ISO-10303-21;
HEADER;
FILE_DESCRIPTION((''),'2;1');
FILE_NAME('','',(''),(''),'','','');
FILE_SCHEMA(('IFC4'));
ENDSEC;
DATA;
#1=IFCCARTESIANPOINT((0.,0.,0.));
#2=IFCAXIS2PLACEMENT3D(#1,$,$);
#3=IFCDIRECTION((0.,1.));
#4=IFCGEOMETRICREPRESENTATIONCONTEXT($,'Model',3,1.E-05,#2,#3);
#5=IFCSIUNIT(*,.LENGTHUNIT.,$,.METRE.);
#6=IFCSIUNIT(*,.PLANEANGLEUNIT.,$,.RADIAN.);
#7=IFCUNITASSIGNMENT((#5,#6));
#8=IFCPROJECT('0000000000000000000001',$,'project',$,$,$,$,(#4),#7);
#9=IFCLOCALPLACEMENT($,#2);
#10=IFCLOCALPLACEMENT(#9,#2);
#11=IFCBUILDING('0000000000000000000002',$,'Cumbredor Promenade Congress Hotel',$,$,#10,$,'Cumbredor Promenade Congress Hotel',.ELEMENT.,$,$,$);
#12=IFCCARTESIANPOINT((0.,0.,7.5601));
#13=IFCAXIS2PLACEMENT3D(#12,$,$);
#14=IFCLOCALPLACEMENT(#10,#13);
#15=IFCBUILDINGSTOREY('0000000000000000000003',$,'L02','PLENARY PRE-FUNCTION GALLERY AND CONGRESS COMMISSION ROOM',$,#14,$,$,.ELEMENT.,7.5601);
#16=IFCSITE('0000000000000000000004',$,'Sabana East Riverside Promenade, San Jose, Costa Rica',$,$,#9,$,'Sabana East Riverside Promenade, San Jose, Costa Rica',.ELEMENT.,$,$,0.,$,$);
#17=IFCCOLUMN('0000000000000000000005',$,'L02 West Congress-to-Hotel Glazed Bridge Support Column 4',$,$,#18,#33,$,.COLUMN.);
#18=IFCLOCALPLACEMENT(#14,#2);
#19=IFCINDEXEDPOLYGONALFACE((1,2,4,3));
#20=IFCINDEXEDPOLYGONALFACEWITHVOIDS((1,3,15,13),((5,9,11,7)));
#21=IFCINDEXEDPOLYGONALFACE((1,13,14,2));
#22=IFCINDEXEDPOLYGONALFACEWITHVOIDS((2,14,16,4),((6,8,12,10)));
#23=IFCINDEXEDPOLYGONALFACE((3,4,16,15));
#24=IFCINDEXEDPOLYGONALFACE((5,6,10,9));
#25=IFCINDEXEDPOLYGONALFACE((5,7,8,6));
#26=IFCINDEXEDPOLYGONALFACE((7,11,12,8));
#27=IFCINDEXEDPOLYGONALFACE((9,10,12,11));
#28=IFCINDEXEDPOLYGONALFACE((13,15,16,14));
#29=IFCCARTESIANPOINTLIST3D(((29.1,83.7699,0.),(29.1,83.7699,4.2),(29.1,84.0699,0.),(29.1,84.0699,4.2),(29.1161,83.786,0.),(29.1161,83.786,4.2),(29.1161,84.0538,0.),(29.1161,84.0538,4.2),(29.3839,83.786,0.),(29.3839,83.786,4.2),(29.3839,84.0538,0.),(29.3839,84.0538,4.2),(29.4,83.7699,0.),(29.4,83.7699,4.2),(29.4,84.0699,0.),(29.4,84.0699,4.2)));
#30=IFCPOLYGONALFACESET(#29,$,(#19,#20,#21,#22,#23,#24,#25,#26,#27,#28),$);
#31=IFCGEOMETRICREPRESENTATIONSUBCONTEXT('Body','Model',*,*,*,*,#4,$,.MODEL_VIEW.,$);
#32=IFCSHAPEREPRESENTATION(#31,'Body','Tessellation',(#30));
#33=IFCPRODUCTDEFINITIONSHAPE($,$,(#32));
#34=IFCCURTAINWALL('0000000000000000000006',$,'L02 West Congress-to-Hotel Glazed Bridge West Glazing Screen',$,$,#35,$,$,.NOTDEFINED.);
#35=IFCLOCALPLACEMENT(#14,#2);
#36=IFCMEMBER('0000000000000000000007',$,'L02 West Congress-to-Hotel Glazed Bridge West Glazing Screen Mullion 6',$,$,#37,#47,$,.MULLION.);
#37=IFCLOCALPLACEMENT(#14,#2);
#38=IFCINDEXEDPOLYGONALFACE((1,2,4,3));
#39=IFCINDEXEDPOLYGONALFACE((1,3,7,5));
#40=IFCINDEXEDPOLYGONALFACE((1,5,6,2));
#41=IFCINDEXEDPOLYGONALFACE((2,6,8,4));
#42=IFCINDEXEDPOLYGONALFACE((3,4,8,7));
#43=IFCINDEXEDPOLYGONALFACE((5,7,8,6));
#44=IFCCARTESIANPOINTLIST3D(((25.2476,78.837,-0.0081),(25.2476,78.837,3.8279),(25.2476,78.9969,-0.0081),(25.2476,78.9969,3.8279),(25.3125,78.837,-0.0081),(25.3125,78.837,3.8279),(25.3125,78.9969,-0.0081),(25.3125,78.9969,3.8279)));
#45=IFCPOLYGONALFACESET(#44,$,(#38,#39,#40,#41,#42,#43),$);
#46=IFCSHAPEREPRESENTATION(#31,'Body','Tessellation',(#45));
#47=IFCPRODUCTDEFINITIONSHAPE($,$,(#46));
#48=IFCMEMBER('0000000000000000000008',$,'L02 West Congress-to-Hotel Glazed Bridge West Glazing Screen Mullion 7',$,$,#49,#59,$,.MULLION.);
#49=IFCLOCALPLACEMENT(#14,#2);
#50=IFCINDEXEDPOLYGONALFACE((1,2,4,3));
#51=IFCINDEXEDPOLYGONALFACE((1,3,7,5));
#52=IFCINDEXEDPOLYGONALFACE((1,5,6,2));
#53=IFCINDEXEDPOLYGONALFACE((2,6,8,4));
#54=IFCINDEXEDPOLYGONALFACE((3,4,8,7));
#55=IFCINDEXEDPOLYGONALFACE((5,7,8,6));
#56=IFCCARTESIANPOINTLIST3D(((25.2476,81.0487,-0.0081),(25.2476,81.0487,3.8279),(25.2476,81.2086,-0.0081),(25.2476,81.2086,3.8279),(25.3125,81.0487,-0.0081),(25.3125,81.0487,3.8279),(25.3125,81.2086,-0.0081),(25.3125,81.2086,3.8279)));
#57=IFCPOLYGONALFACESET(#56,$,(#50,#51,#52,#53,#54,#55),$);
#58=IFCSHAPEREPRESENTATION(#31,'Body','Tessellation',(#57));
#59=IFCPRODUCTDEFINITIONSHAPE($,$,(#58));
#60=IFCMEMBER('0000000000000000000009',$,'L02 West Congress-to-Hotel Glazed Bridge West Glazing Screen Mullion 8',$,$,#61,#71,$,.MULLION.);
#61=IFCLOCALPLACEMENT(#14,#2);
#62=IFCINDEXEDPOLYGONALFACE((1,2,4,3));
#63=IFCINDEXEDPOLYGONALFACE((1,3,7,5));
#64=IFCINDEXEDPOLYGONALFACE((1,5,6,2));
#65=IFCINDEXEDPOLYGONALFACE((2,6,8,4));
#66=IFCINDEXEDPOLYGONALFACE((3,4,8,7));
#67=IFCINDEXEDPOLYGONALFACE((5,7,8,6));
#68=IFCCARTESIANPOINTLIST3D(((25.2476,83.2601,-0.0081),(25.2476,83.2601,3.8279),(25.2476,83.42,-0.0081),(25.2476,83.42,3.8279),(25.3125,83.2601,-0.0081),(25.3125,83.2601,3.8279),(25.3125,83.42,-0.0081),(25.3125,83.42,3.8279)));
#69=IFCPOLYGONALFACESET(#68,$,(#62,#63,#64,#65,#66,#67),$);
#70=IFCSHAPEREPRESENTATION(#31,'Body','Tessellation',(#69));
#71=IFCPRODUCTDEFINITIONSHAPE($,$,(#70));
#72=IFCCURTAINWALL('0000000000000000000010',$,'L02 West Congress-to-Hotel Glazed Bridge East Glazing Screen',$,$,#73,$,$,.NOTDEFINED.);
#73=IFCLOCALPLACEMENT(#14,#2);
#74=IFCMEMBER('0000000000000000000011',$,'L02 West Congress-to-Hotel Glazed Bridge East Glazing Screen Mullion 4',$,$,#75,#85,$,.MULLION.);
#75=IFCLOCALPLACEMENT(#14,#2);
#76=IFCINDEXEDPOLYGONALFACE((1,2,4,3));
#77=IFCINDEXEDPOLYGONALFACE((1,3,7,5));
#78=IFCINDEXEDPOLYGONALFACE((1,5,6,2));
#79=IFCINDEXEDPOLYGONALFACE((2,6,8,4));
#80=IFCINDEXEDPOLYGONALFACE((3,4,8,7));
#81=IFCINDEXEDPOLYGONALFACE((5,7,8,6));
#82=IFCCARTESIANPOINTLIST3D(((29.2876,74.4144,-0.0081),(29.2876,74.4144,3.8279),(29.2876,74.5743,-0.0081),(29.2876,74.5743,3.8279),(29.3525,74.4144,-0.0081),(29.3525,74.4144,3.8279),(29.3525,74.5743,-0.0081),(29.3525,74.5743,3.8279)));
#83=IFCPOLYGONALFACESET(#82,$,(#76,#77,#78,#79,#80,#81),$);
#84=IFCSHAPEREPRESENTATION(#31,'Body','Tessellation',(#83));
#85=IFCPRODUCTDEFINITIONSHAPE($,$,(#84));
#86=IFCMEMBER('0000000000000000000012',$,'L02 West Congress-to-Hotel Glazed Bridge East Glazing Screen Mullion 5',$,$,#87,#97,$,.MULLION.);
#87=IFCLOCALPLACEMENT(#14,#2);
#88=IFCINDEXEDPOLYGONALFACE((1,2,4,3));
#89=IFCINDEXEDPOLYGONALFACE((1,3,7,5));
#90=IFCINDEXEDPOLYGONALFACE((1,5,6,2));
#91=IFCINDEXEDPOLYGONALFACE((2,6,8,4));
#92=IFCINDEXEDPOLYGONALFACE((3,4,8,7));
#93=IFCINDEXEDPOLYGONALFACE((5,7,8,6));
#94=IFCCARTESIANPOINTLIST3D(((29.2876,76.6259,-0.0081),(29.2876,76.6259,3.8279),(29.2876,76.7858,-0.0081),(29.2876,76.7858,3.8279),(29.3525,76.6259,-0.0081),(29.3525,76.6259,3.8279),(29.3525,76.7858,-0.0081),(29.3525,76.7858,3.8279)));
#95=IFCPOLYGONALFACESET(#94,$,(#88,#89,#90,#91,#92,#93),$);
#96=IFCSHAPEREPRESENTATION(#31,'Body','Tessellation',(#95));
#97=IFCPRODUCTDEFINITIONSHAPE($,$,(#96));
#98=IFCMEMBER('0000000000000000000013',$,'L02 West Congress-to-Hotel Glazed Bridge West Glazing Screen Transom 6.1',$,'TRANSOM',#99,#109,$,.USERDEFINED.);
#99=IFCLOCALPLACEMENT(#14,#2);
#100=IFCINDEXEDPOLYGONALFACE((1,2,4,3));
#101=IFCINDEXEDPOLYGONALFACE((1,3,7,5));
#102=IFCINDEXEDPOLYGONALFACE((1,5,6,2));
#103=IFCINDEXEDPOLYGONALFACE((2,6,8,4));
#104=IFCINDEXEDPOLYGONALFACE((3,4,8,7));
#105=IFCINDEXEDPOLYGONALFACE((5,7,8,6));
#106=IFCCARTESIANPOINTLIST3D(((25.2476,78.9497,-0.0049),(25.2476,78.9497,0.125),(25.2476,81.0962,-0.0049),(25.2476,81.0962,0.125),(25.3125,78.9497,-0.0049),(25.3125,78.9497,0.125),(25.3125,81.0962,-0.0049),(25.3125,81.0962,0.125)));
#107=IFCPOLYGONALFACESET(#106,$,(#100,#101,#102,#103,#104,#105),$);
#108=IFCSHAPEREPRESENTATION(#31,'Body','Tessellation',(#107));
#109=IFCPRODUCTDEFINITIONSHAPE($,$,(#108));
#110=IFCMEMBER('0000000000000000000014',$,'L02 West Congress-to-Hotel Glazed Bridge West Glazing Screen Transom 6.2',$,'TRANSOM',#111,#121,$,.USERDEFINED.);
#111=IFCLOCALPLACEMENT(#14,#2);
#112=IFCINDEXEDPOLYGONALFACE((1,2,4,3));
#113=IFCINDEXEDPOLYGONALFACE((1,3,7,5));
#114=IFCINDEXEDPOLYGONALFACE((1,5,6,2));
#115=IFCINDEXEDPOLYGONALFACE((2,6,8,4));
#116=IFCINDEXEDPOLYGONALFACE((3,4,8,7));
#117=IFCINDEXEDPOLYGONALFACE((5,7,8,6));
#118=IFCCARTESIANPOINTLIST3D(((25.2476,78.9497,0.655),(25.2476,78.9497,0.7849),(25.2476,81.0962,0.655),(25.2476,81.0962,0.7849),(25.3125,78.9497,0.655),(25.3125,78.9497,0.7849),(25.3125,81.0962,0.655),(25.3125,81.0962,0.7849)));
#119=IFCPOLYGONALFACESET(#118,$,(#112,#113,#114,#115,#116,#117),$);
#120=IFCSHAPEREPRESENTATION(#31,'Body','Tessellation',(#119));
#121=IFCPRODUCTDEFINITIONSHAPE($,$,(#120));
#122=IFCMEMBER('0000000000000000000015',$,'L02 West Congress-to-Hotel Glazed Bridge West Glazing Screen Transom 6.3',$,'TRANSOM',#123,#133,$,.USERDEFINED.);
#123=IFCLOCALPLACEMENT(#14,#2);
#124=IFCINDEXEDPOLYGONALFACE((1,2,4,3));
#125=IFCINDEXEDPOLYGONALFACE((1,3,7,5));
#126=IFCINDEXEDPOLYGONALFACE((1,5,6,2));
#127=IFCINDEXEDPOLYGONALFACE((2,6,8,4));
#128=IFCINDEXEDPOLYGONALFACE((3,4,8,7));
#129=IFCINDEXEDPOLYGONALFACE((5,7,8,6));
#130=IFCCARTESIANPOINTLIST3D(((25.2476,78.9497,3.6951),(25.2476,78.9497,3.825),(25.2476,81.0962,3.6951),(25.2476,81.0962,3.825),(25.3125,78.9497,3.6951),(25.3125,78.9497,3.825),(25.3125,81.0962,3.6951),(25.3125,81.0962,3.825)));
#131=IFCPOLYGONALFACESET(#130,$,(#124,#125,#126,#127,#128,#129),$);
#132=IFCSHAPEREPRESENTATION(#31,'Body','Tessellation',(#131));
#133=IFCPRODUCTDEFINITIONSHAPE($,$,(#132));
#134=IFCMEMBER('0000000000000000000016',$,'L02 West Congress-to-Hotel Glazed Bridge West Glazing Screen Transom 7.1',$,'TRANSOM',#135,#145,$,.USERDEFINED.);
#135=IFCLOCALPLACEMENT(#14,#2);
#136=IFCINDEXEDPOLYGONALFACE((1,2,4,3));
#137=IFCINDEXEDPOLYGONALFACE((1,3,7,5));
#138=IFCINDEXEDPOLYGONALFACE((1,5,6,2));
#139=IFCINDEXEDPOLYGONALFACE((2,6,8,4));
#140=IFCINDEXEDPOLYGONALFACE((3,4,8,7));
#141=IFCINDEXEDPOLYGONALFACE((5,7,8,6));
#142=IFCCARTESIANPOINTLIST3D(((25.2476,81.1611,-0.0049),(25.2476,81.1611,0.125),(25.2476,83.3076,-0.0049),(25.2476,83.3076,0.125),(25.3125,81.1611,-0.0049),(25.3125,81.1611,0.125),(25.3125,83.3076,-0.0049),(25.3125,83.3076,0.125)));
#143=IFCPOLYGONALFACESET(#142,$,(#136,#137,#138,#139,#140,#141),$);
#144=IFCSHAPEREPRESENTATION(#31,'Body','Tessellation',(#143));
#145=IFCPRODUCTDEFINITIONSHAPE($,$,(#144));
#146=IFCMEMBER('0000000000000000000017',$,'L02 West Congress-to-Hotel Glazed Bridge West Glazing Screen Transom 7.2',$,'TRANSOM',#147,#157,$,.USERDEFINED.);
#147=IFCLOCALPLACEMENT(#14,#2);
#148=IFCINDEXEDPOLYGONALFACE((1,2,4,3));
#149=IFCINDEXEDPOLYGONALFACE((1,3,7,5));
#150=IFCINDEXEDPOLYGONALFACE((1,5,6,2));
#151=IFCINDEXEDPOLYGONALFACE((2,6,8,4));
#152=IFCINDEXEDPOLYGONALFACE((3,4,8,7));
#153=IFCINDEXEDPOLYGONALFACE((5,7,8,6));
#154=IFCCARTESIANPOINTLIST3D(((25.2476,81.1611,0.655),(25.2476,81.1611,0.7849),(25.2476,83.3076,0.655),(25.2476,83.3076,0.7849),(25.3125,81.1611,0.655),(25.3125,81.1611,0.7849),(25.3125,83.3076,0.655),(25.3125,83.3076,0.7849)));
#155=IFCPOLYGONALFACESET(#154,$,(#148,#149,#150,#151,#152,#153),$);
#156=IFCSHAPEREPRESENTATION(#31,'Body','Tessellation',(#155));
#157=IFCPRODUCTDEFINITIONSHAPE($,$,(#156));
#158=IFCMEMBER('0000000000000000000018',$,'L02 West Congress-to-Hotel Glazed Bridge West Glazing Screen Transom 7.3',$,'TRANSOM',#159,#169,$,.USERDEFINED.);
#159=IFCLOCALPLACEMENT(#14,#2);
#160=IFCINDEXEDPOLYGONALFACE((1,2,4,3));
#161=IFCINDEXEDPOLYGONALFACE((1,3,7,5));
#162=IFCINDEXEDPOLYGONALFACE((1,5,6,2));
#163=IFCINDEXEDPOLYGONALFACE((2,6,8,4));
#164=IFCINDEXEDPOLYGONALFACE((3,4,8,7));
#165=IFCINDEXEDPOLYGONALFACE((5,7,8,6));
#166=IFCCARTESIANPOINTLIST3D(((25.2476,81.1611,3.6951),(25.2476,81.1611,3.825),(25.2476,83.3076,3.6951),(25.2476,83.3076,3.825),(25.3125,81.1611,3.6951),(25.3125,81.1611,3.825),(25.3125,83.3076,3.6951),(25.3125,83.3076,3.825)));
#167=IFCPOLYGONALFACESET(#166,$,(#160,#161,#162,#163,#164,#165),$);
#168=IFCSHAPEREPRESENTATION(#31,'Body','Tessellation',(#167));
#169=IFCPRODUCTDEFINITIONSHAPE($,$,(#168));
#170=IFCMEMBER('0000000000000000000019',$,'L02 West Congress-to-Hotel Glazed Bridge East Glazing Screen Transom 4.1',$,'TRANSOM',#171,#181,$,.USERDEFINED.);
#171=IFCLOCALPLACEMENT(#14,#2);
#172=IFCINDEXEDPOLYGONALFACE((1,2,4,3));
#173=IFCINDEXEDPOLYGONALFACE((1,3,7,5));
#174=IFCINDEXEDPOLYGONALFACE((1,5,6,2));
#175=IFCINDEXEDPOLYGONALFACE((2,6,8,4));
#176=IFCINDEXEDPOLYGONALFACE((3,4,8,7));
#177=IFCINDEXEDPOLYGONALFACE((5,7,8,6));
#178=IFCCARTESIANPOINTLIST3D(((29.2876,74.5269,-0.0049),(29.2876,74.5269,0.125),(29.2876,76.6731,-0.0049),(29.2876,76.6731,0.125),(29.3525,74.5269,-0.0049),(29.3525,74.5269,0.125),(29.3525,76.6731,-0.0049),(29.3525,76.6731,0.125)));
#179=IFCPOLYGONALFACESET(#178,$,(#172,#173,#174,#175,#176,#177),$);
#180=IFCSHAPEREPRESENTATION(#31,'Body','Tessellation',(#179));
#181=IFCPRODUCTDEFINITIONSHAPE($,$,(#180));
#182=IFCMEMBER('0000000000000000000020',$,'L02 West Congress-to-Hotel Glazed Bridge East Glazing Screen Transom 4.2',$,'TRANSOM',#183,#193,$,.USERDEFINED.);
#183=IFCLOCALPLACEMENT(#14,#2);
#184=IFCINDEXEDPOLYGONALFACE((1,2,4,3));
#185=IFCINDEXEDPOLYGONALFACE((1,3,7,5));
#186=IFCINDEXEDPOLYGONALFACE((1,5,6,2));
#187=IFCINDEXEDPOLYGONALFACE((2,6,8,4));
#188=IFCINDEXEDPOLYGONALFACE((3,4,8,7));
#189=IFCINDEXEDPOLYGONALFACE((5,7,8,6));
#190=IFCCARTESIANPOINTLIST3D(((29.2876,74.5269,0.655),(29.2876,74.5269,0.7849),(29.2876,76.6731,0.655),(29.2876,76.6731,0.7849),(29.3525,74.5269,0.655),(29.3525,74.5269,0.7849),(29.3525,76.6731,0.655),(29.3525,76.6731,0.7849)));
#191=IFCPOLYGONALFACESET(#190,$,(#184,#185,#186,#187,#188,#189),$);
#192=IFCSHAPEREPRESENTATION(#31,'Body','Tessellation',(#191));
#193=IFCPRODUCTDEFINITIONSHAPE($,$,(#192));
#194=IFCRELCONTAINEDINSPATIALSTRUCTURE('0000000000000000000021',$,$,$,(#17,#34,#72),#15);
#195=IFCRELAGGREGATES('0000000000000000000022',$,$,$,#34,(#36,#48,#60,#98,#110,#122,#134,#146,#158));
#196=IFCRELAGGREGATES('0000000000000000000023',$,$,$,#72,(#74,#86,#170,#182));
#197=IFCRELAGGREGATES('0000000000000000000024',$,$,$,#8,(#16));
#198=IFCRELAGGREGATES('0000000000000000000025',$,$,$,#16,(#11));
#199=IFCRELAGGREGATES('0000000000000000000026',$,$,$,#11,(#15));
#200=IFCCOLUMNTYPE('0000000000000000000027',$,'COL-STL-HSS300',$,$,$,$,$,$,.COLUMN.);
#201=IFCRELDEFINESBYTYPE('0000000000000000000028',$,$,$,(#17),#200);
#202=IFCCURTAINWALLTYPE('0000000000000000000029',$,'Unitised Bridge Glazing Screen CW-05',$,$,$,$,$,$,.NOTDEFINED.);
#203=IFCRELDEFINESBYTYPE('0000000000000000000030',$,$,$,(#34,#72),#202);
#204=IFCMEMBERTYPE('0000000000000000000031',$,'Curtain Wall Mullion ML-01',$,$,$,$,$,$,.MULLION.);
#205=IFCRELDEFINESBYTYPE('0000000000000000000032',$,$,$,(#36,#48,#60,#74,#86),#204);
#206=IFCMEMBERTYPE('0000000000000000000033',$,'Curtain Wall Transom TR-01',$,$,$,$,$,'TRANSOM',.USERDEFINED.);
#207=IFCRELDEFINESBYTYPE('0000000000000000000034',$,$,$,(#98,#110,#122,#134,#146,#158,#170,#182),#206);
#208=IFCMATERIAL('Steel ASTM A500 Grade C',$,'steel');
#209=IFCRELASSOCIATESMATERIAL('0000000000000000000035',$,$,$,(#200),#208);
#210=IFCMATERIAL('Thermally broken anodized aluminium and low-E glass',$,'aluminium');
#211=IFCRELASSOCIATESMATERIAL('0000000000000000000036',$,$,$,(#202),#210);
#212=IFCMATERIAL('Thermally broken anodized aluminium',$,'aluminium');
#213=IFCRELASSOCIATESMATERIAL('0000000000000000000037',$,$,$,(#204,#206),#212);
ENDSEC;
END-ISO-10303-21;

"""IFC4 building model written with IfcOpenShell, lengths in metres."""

from ifc_helpers import new_model, si_unit, direction, frame, origin, origin_2d, place, context, subcontext, project, spatial, rectangle, hollow_rectangle, extrude, material, material_profile, profile_set, type_object, element, aggregate, save


model = new_model("IFC4")

# Units and contexts
model_context = context("Model", 3, precision=1e-05, world=origin(), true_north=direction((0.0, 1.0)))
body_context = subcontext(model_context, "Body", "Model", "MODEL_VIEW")
ifc_project = project(units=[si_unit("LENGTHUNIT", "METRE"), si_unit("PLANEANGLEUNIT", "RADIAN")], contexts=[model_context])

# Site, building, storey
site_placement = place(None, origin())
site = spatial("IfcSite", under=ifc_project, at=site_placement, Name="Sabana East Riverside Promenade, San Jose, Costa Rica", LongName="Sabana East Riverside Promenade, San Jose, Costa Rica", CompositionType="ELEMENT", RefElevation=0.0)
building_placement = place(site_placement, origin())
building = spatial("IfcBuilding", under=site, at=building_placement, Name="Cumbredor Promenade Congress Hotel", LongName="Cumbredor Promenade Congress Hotel", CompositionType="ELEMENT")
storey_placement = place(building_placement, frame((0.0, 0.0, 7.5601)))
storey = spatial("IfcBuildingStorey", under=building, at=storey_placement, Name="L02", Description="PLENARY PRE-FUNCTION GALLERY AND CONGRESS COMMISSION ROOM", CompositionType="ELEMENT", Elevation=7.5601)

# Column
ifc_material_1 = material(Name="Steel ASTM A500 Grade C", Category="steel")
ifc_material_profile_1 = material_profile(ifc_material_1, hollow_rectangle(XDim=0.3, YDim=0.3, WallThickness=0.0161, at=origin_2d()), Name="HSS 300x300x16")
ifc_profile_set_1 = profile_set([ifc_material_profile_1], Name="Steel ASTM A500 Grade C")
column_type = type_object("IfcColumnType", Name="COL-STL-HSS300", PredefinedType="COLUMN", material=ifc_profile_set_1)
column_placement = place(storey_placement, frame((29.25, 83.9199, 0.0), z_axis=(0.0, 0.0, 1.0), x_axis=(1.0, 0.0, 0.0)))
element("IfcColumn", 1, at=column_placement, inside=storey, type_object=column_type, Name="L02 West Congress-to-Hotel Glazed Bridge Support Column 4", PredefinedType="COLUMN", context=body_context, shape_type="SweptSolid", body=[
    extrude(hollow_rectangle(XDim=0.3, YDim=0.3, WallThickness=0.0161, at=origin_2d()), origin(), (0.0, 0.0, 1.0), 4.2),
])

# Curtain walls, members
ifc_material_2 = material(Name="Thermally broken anodized aluminium and low-E glass", Category="aluminium")
curtain_wall_type = type_object("IfcCurtainWallType", Name="Unitised Bridge Glazing Screen CW-05", PredefinedType="NOTDEFINED", material=ifc_material_2)
curtain_wall_1_placement = place(storey_placement, origin())
curtain_wall_1 = element("IfcCurtainWall", 2, at=curtain_wall_1_placement, inside=storey, type_object=curtain_wall_type, Name="L02 West Congress-to-Hotel Glazed Bridge West Glazing Screen", PredefinedType="NOTDEFINED")
ifc_material_3 = material(Name="Thermally broken anodized aluminium", Category="aluminium")
ifc_material_profile_2 = material_profile(ifc_material_3, rectangle(XDim=0.0649, YDim=0.1599, at=origin_2d()), Name="ALU MULLION 65x160")
ifc_profile_set_2 = profile_set([ifc_material_profile_2], Name="Thermally broken anodized aluminium")
member_type_1 = type_object("IfcMemberType", Name="Curtain Wall Mullion ML-01", PredefinedType="MULLION", material=ifc_profile_set_2)
member_1_placement = place(storey_placement, frame((25.28, 78.917, -0.0081), z_axis=(0.0, 0.0, 1.0), x_axis=(1.0, 0.0, 0.0)))
member_1 = element("IfcMember", 3, at=member_1_placement, type_object=member_type_1, Name="L02 West Congress-to-Hotel Glazed Bridge West Glazing Screen Mullion 6", PredefinedType="MULLION", context=body_context, shape_type="SweptSolid", body=[
    extrude(rectangle(XDim=0.0649, YDim=0.1599, at=origin_2d()), origin(), (0.0, 0.0, 1.0), 3.8359),
])
member_2_placement = place(storey_placement, frame((25.28, 81.1287, -0.0081), z_axis=(0.0, 0.0, 1.0), x_axis=(1.0, 0.0, 0.0)))
member_2 = element("IfcMember", 4, at=member_2_placement, type_object=member_type_1, Name="L02 West Congress-to-Hotel Glazed Bridge West Glazing Screen Mullion 7", PredefinedType="MULLION", context=body_context, shape_type="SweptSolid", body=[
    extrude(rectangle(XDim=0.0649, YDim=0.1599, at=origin_2d()), origin(), (0.0, 0.0, 1.0), 3.8359),
])
member_3_placement = place(storey_placement, frame((25.28, 83.3401, -0.0081), z_axis=(0.0, 0.0, 1.0), x_axis=(1.0, 0.0, 0.0)))
member_3 = element("IfcMember", 5, at=member_3_placement, type_object=member_type_1, Name="L02 West Congress-to-Hotel Glazed Bridge West Glazing Screen Mullion 8", PredefinedType="MULLION", context=body_context, shape_type="SweptSolid", body=[
    extrude(rectangle(XDim=0.0649, YDim=0.1599, at=origin_2d()), origin(), (0.0, 0.0, 1.0), 3.8359),
])
curtain_wall_2_placement = place(storey_placement, origin())
curtain_wall_2 = element("IfcCurtainWall", 6, at=curtain_wall_2_placement, inside=storey, type_object=curtain_wall_type, Name="L02 West Congress-to-Hotel Glazed Bridge East Glazing Screen", PredefinedType="NOTDEFINED")
member_4_placement = place(storey_placement, frame((29.3201, 74.4944, -0.0081), z_axis=(0.0, 0.0, 1.0), x_axis=(1.0, 0.0, 0.0)))
member_4 = element("IfcMember", 7, at=member_4_placement, type_object=member_type_1, Name="L02 West Congress-to-Hotel Glazed Bridge East Glazing Screen Mullion 4", PredefinedType="MULLION", context=body_context, shape_type="SweptSolid", body=[
    extrude(rectangle(XDim=0.0649, YDim=0.1599, at=origin_2d()), origin(), (0.0, 0.0, 1.0), 3.8359),
])
member_5_placement = place(storey_placement, frame((29.3201, 76.7058, -0.0081), z_axis=(0.0, 0.0, 1.0), x_axis=(1.0, 0.0, 0.0)))
member_5 = element("IfcMember", 8, at=member_5_placement, type_object=member_type_1, Name="L02 West Congress-to-Hotel Glazed Bridge East Glazing Screen Mullion 5", PredefinedType="MULLION", context=body_context, shape_type="SweptSolid", body=[
    extrude(rectangle(XDim=0.0649, YDim=0.1599, at=origin_2d()), origin(), (0.0, 0.0, 1.0), 3.8359),
])

# Members
ifc_material_profile_3 = material_profile(ifc_material_3, rectangle(XDim=0.0649, YDim=0.1299, at=origin_2d()), Name="ALU TRANSOM 65x130")
ifc_profile_set_3 = profile_set([ifc_material_profile_3], Name="Thermally broken anodized aluminium")
member_type_2 = type_object("IfcMemberType", Name="Curtain Wall Transom TR-01", ElementType="TRANSOM", PredefinedType="USERDEFINED", material=ifc_profile_set_3)
member_6_placement = place(storey_placement, frame((25.28, 78.9497, 0.0601), z_axis=(0.0, 1.0, 0.0), x_axis=(-1.0, 0.0, 0.0)))
member_6 = element("IfcMember", 9, at=member_6_placement, type_object=member_type_2, Name="L02 West Congress-to-Hotel Glazed Bridge West Glazing Screen Transom 6.1", ObjectType="TRANSOM", PredefinedType="USERDEFINED", context=body_context, shape_type="SweptSolid", body=[
    extrude(rectangle(XDim=0.0649, YDim=0.1299, at=origin_2d()), origin(), (0.0, 0.0, 1.0), 2.1465),
])
member_7_placement = place(storey_placement, frame((25.28, 78.9497, 0.72), z_axis=(0.0, 1.0, 0.0), x_axis=(-1.0, 0.0, 0.0)))
member_7 = element("IfcMember", 10, at=member_7_placement, type_object=member_type_2, Name="L02 West Congress-to-Hotel Glazed Bridge West Glazing Screen Transom 6.2", ObjectType="TRANSOM", PredefinedType="USERDEFINED", context=body_context, shape_type="SweptSolid", body=[
    extrude(rectangle(XDim=0.0649, YDim=0.1299, at=origin_2d()), origin(), (0.0, 0.0, 1.0), 2.1465),
])
member_8_placement = place(storey_placement, frame((25.28, 78.9497, 3.76), z_axis=(0.0, 1.0, 0.0), x_axis=(-1.0, 0.0, 0.0)))
member_8 = element("IfcMember", 11, at=member_8_placement, type_object=member_type_2, Name="L02 West Congress-to-Hotel Glazed Bridge West Glazing Screen Transom 6.3", ObjectType="TRANSOM", PredefinedType="USERDEFINED", context=body_context, shape_type="SweptSolid", body=[
    extrude(rectangle(XDim=0.0649, YDim=0.1299, at=origin_2d()), origin(), (0.0, 0.0, 1.0), 2.1465),
])
member_9_placement = place(storey_placement, frame((25.28, 81.1611, 0.0601), z_axis=(0.0, 1.0, 0.0), x_axis=(-1.0, 0.0, 0.0)))
member_9 = element("IfcMember", 12, at=member_9_placement, type_object=member_type_2, Name="L02 West Congress-to-Hotel Glazed Bridge West Glazing Screen Transom 7.1", ObjectType="TRANSOM", PredefinedType="USERDEFINED", context=body_context, shape_type="SweptSolid", body=[
    extrude(rectangle(XDim=0.0649, YDim=0.1299, at=origin_2d()), origin(), (0.0, 0.0, 1.0), 2.1465),
])
member_10_placement = place(storey_placement, frame((25.28, 81.1611, 0.72), z_axis=(0.0, 1.0, 0.0), x_axis=(-1.0, 0.0, 0.0)))
member_10 = element("IfcMember", 13, at=member_10_placement, type_object=member_type_2, Name="L02 West Congress-to-Hotel Glazed Bridge West Glazing Screen Transom 7.2", ObjectType="TRANSOM", PredefinedType="USERDEFINED", context=body_context, shape_type="SweptSolid", body=[
    extrude(rectangle(XDim=0.0649, YDim=0.1299, at=origin_2d()), origin(), (0.0, 0.0, 1.0), 2.1465),
])
member_11_placement = place(storey_placement, frame((25.28, 81.1611, 3.76), z_axis=(0.0, 1.0, 0.0), x_axis=(-1.0, 0.0, 0.0)))
member_11 = element("IfcMember", 14, at=member_11_placement, type_object=member_type_2, Name="L02 West Congress-to-Hotel Glazed Bridge West Glazing Screen Transom 7.3", ObjectType="TRANSOM", PredefinedType="USERDEFINED", context=body_context, shape_type="SweptSolid", body=[
    extrude(rectangle(XDim=0.0649, YDim=0.1299, at=origin_2d()), origin(), (0.0, 0.0, 1.0), 2.1465),
])
member_12_placement = place(storey_placement, frame((29.3201, 74.5269, 0.0601), z_axis=(0.0, 1.0, 0.0), x_axis=(-1.0, 0.0, 0.0)))
member_12 = element("IfcMember", 15, at=member_12_placement, type_object=member_type_2, Name="L02 West Congress-to-Hotel Glazed Bridge East Glazing Screen Transom 4.1", ObjectType="TRANSOM", PredefinedType="USERDEFINED", context=body_context, shape_type="SweptSolid", body=[
    extrude(rectangle(XDim=0.0649, YDim=0.1299, at=origin_2d()), origin(), (0.0, 0.0, 1.0), 2.1462),
])
member_13_placement = place(storey_placement, frame((29.3201, 74.5269, 0.72), z_axis=(0.0, 1.0, 0.0), x_axis=(-1.0, 0.0, 0.0)))
member_13 = element("IfcMember", 16, at=member_13_placement, type_object=member_type_2, Name="L02 West Congress-to-Hotel Glazed Bridge East Glazing Screen Transom 4.2", ObjectType="TRANSOM", PredefinedType="USERDEFINED", context=body_context, shape_type="SweptSolid", body=[
    extrude(rectangle(XDim=0.0649, YDim=0.1299, at=origin_2d()), origin(), (0.0, 0.0, 1.0), 2.1462),
])

aggregate(curtain_wall_1, [member_1, member_2, member_3, member_6, member_7, member_8, member_9, member_10, member_11])
aggregate(curtain_wall_2, [member_4, member_5, member_12, member_13])

save(model, "model.ifc")
